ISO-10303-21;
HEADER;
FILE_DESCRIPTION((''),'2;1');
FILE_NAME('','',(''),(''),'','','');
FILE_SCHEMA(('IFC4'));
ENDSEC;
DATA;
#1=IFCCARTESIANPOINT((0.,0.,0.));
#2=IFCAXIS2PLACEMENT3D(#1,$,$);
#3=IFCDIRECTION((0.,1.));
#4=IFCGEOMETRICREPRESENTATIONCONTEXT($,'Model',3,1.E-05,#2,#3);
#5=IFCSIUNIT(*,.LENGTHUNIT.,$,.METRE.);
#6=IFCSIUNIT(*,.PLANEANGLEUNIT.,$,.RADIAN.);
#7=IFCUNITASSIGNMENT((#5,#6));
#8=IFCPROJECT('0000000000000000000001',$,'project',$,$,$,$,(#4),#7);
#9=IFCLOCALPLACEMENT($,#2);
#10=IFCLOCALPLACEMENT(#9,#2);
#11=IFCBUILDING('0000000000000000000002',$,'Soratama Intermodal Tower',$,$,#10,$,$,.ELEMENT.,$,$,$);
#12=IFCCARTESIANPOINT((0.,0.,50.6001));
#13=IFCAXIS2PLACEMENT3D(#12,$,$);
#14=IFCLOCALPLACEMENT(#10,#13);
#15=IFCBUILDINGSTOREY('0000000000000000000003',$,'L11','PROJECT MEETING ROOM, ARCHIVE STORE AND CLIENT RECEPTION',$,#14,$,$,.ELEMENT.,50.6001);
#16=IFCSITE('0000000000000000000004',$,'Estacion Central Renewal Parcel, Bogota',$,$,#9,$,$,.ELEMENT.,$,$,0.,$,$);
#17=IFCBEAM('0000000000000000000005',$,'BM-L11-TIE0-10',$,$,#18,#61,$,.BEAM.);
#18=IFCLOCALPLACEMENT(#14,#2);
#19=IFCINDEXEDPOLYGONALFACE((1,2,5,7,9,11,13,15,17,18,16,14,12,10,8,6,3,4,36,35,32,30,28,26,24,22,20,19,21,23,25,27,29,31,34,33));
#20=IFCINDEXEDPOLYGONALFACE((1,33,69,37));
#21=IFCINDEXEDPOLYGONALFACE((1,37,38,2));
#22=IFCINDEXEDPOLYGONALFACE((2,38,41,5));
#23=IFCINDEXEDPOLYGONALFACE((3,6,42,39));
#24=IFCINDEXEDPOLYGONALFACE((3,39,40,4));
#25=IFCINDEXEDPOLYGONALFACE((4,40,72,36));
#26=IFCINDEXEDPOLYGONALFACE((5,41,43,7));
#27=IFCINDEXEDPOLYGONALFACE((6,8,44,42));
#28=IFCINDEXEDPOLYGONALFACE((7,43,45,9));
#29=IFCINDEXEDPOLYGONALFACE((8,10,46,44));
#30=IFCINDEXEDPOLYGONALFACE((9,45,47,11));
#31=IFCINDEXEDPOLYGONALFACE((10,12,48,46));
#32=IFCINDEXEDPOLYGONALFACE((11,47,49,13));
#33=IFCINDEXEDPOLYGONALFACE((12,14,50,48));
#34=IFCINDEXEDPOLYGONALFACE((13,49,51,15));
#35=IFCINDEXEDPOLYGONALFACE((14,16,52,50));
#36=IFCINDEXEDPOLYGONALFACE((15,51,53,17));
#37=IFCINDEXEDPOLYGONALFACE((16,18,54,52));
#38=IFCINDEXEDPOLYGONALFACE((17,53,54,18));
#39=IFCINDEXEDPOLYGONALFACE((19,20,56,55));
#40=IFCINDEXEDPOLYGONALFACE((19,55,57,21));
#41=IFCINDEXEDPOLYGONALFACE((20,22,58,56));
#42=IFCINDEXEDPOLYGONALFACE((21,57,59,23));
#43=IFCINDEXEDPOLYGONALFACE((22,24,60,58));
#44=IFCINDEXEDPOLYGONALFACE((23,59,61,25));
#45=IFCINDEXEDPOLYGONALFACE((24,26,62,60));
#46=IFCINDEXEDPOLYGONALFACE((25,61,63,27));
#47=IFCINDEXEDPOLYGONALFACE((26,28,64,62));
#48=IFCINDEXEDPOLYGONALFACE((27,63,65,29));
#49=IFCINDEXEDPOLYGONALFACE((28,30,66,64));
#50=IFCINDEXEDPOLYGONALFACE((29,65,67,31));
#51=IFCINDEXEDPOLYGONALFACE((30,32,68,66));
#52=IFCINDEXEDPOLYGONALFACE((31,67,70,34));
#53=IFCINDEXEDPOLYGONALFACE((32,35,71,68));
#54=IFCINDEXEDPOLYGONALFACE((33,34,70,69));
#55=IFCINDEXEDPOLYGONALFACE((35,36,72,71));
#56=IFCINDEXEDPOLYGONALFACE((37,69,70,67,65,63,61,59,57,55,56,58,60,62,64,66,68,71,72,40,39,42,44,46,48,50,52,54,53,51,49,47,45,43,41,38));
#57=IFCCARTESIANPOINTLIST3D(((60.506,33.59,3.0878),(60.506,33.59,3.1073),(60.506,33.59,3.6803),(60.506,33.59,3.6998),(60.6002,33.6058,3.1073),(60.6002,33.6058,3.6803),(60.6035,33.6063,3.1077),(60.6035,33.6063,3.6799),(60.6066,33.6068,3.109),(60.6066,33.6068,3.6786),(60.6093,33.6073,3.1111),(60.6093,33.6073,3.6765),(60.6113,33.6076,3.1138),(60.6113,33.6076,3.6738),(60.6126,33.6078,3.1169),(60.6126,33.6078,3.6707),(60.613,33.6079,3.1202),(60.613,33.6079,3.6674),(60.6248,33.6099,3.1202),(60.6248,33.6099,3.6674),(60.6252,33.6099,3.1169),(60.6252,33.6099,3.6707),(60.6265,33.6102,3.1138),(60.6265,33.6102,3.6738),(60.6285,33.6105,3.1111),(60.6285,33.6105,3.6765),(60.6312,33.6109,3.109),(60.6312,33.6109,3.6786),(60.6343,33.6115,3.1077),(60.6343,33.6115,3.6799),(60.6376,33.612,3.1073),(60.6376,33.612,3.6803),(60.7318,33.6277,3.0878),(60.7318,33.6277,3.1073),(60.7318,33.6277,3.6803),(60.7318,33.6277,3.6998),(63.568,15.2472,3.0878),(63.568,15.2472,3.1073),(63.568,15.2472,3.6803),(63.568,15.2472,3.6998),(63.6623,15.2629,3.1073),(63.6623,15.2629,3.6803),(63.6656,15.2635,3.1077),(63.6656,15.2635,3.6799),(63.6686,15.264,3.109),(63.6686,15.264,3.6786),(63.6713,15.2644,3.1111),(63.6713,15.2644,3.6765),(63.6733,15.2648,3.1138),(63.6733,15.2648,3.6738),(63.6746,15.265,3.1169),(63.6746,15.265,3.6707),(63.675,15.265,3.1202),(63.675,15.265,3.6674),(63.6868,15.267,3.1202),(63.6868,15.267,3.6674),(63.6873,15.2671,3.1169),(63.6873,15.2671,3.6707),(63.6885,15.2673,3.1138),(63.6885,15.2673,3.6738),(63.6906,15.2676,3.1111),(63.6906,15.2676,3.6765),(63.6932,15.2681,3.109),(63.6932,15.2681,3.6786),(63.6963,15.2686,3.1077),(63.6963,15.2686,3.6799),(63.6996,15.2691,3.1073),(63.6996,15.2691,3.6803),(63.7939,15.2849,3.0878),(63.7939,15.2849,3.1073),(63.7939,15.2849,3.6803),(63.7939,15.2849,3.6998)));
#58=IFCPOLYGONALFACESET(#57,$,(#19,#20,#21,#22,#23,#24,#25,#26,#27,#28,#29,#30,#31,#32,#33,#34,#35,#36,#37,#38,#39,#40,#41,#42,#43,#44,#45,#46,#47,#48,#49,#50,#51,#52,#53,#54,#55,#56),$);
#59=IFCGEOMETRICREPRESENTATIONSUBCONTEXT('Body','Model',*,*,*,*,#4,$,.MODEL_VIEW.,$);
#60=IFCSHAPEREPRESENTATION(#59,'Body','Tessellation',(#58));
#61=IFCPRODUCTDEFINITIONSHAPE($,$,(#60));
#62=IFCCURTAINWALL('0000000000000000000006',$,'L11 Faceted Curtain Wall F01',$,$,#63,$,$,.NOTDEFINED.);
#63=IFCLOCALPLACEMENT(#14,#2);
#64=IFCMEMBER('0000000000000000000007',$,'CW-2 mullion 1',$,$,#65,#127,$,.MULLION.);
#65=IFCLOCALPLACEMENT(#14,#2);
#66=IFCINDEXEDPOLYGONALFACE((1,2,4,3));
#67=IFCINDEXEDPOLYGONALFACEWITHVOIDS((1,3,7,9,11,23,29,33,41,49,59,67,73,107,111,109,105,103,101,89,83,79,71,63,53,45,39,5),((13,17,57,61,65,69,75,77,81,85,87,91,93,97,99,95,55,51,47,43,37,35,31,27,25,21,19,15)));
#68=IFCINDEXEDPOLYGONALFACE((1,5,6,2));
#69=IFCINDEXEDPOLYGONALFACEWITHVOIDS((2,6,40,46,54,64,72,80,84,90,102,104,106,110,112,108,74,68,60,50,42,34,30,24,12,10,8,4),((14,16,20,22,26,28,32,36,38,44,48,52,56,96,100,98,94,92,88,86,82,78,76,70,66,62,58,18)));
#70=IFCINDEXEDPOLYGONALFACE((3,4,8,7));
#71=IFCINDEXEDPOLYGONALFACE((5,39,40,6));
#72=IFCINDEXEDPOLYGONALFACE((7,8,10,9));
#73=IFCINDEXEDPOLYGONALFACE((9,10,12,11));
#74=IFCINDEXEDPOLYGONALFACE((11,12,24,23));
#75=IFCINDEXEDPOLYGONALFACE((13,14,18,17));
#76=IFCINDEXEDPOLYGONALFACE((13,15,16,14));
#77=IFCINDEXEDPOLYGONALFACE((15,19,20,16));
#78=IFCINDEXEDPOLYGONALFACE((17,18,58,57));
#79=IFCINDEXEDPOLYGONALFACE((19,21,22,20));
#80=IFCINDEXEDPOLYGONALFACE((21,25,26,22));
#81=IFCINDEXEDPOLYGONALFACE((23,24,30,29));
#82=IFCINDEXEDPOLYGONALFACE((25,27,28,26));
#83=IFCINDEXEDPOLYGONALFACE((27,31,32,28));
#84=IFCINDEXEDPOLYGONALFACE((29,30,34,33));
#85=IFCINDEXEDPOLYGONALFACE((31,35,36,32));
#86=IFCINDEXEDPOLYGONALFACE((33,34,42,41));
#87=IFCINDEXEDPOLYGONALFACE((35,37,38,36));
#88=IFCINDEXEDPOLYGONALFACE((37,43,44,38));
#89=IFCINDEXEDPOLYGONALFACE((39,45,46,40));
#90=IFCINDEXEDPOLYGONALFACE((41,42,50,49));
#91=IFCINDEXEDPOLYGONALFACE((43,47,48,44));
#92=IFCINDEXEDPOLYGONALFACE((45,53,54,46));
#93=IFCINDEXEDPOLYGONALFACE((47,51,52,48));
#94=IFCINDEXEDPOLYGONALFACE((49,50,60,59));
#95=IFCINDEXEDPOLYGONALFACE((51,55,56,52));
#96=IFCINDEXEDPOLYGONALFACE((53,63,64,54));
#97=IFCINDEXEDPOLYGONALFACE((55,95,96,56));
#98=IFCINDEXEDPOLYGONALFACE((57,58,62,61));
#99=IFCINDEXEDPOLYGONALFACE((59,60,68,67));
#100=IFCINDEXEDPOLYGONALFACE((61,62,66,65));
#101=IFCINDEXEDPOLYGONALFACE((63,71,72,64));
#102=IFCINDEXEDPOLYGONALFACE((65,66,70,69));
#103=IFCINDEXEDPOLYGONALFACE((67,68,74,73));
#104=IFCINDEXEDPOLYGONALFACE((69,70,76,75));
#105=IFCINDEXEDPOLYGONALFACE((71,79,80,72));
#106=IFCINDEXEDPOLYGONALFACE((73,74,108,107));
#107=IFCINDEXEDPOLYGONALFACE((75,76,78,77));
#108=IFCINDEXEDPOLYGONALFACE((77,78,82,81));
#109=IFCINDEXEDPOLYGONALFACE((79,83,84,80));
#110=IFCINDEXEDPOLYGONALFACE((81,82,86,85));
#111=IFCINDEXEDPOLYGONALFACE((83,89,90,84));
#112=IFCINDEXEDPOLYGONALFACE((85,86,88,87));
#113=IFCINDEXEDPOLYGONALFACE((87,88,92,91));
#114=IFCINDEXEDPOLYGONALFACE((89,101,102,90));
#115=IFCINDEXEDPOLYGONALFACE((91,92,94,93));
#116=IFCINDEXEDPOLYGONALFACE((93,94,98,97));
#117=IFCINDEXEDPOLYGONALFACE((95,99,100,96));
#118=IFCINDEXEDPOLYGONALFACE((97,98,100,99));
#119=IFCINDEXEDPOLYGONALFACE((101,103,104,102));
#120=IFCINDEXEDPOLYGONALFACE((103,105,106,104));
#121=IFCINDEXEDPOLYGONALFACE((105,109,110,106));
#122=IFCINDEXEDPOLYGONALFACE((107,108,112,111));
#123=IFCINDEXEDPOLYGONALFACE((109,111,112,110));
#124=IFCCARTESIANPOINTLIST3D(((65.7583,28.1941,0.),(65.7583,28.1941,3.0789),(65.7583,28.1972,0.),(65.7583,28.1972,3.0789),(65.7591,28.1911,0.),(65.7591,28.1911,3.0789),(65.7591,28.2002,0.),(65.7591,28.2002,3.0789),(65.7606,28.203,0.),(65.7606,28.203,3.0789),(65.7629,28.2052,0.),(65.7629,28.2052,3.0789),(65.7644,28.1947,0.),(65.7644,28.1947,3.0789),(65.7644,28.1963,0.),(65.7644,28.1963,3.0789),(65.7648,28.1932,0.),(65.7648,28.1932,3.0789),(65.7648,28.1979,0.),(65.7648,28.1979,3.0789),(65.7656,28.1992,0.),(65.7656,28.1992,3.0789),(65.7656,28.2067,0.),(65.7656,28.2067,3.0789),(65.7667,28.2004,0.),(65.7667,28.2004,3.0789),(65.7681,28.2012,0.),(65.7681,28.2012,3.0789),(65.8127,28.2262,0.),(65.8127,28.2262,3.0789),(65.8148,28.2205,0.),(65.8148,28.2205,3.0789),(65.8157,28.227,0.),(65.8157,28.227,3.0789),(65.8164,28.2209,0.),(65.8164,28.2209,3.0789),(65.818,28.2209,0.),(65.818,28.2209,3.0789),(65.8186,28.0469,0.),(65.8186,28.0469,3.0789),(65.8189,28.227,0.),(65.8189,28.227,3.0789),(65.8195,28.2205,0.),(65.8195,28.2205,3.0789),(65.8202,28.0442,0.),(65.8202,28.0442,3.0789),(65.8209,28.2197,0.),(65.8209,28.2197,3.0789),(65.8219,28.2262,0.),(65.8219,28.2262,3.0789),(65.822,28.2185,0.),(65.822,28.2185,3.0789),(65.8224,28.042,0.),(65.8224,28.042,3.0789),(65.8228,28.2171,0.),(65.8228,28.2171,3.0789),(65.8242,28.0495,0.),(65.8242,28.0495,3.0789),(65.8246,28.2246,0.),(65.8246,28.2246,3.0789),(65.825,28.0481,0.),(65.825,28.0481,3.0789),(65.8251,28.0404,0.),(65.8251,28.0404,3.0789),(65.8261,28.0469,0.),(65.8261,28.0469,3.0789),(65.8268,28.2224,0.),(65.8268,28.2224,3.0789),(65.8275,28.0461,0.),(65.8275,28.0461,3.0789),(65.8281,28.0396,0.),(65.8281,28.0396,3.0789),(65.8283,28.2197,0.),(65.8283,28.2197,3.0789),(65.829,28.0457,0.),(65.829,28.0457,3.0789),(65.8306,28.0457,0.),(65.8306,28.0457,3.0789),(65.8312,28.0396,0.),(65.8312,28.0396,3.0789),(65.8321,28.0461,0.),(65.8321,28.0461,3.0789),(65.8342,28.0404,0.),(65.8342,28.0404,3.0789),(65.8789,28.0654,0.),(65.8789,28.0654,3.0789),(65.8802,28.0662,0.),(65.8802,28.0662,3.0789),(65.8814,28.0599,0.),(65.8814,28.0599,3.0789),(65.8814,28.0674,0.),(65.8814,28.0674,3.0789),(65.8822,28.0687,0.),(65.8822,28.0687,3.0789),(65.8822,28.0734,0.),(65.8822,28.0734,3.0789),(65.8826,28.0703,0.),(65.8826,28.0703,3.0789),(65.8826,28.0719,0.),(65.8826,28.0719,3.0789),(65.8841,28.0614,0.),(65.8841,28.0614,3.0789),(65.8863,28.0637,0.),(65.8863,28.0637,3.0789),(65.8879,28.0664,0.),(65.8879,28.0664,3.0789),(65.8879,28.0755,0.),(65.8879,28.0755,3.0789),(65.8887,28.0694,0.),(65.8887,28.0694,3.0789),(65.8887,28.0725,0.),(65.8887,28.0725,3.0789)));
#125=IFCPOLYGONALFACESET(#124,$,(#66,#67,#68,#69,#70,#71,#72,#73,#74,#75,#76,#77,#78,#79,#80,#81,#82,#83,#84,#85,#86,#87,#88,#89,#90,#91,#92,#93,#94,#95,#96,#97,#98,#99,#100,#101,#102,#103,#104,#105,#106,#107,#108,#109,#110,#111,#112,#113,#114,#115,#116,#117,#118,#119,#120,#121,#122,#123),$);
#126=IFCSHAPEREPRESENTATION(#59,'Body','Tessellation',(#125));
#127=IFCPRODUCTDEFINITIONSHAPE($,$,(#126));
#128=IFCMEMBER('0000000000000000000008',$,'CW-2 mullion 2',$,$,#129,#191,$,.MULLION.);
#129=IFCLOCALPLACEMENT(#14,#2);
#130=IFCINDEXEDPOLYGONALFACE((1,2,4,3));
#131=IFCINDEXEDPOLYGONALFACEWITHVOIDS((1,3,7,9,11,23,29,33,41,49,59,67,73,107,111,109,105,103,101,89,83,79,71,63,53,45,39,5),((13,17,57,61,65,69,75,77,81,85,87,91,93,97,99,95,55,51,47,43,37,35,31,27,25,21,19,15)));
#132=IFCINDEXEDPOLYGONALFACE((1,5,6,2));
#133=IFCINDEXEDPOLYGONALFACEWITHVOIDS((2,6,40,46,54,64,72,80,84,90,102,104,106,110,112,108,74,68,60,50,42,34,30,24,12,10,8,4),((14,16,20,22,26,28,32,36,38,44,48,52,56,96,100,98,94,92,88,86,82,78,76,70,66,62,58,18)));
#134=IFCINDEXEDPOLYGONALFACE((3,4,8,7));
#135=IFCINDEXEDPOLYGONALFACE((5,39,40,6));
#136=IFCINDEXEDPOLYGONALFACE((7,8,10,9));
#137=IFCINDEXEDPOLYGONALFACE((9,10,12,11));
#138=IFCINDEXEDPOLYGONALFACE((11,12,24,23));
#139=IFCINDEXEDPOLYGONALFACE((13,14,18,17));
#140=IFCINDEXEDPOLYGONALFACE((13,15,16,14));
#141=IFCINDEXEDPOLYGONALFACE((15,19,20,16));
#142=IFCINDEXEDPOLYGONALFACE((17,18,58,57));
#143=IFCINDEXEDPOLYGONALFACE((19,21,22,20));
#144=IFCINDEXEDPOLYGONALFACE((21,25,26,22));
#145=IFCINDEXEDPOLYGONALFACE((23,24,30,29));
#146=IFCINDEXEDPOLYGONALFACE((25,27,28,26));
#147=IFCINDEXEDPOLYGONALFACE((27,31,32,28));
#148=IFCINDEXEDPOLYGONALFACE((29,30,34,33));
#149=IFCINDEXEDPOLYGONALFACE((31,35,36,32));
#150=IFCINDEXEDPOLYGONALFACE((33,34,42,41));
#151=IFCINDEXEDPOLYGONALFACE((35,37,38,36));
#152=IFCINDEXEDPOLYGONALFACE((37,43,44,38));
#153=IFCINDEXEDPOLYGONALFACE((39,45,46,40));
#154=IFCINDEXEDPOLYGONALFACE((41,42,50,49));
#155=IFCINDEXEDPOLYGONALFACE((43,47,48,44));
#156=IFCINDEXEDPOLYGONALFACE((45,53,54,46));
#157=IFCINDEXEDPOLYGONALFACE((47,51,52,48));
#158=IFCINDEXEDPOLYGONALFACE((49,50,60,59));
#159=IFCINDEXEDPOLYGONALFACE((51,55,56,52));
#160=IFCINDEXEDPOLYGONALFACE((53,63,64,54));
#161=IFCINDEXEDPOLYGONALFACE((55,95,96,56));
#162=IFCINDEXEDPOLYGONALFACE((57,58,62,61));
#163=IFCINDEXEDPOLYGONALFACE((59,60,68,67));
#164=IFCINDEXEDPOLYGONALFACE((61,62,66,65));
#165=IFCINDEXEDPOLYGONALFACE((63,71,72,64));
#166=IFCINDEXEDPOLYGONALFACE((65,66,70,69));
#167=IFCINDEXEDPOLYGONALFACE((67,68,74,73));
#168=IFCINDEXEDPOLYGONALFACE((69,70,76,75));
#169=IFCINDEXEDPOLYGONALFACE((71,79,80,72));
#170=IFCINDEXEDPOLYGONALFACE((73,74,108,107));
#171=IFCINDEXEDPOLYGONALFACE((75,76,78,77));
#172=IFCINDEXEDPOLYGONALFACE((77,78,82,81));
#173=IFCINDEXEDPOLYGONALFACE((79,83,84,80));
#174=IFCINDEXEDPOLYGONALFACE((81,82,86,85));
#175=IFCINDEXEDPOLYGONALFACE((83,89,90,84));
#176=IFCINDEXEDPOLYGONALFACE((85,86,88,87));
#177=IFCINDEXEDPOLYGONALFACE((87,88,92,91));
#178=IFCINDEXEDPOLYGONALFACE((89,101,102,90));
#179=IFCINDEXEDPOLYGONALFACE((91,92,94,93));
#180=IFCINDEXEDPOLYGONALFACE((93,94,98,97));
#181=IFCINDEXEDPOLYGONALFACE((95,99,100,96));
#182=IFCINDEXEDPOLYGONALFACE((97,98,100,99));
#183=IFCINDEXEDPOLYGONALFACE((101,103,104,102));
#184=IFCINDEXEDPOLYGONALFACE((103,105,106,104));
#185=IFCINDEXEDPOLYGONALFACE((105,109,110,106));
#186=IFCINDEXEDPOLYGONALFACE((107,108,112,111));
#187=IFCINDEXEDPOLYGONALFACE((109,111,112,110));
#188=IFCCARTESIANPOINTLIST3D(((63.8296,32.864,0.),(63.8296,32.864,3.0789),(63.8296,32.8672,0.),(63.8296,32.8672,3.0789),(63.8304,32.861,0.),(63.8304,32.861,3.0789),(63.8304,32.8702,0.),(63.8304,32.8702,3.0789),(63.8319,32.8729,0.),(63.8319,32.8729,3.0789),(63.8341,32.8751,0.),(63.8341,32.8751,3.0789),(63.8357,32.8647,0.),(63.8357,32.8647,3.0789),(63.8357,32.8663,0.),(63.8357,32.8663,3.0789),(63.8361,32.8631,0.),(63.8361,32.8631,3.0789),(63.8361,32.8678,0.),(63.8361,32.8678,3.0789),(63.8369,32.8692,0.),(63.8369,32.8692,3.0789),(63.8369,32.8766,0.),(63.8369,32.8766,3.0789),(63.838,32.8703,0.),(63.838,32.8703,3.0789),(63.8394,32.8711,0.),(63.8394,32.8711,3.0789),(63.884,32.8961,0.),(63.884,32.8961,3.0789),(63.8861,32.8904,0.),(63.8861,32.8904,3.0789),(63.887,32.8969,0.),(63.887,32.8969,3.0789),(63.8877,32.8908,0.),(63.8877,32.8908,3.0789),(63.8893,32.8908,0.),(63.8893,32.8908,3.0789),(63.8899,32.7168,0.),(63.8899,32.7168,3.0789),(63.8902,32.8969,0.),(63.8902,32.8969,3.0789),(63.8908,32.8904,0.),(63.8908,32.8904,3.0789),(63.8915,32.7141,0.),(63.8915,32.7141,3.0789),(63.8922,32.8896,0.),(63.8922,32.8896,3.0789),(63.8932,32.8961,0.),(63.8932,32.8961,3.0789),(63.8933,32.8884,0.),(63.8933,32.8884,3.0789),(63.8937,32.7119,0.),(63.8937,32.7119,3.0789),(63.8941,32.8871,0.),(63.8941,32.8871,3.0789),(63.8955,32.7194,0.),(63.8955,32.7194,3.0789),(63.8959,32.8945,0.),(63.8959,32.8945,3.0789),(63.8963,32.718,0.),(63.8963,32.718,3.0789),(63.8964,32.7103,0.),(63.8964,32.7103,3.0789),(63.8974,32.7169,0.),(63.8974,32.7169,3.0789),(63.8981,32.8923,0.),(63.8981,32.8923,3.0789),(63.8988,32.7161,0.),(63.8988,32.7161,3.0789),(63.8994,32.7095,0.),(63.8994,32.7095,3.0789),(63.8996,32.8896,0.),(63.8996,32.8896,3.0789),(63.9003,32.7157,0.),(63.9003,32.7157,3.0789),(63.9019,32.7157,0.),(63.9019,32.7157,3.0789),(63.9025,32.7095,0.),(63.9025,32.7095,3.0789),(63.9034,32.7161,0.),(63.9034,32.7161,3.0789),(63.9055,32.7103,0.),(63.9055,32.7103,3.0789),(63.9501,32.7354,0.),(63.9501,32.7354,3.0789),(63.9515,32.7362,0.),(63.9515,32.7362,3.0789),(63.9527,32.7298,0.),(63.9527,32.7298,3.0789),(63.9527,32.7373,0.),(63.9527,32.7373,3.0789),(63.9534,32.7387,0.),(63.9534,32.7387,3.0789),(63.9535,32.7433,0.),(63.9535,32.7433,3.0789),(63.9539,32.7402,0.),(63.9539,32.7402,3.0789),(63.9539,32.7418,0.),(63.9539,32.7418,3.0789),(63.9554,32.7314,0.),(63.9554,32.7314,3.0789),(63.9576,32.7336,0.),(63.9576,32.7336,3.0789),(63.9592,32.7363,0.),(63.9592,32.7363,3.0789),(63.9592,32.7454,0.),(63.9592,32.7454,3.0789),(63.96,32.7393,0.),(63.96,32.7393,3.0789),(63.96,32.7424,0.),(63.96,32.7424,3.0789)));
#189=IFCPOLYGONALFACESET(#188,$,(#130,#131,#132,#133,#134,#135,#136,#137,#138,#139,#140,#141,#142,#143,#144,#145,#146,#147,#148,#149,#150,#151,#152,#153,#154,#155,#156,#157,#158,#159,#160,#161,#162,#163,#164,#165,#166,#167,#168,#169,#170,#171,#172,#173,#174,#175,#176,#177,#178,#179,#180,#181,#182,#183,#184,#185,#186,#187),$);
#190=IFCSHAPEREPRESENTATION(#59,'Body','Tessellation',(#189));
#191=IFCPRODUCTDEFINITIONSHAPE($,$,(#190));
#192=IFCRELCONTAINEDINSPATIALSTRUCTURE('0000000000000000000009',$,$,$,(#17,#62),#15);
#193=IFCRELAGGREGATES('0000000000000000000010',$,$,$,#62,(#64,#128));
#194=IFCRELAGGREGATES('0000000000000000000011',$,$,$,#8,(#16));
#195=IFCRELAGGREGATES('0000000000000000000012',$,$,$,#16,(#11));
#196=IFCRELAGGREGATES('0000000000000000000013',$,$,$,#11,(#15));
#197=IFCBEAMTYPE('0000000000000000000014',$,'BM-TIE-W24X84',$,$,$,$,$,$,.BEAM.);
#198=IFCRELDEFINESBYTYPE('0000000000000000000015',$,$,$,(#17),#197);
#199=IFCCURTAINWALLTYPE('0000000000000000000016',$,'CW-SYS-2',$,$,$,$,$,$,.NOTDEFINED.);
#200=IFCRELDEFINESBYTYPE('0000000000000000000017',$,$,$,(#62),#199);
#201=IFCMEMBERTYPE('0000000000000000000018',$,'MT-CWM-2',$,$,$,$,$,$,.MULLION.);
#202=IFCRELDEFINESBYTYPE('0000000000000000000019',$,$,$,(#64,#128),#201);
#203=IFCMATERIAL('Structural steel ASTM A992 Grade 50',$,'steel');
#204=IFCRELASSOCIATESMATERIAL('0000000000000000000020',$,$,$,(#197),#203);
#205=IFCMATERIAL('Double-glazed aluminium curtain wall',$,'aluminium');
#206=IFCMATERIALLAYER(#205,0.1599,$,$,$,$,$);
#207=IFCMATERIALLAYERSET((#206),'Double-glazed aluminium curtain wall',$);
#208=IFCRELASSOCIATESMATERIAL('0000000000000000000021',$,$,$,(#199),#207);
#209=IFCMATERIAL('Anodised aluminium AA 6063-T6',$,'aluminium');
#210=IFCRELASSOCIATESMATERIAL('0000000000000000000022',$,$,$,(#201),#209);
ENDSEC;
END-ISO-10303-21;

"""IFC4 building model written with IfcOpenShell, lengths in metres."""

from ifc_helpers import new_model, si_unit, direction, frame, origin, origin_2d, place, context, subcontext, project, spatial, hollow_rectangle, i_section, extrude, material, layer, layer_set, material_profile, profile_set, type_object, element, aggregate, save


model = new_model("IFC4")

# Units and contexts
model_context = context("Model", 3, precision=1e-05, world=origin(), true_north=direction((0.0, 1.0)))
body_context = subcontext(model_context, "Body", "Model", "MODEL_VIEW")
ifc_project = project(units=[si_unit("LENGTHUNIT", "METRE"), si_unit("PLANEANGLEUNIT", "RADIAN")], contexts=[model_context])

# Site, building, storey
site_placement = place(None, origin())
site = spatial("IfcSite", under=ifc_project, at=site_placement, Name="Estacion Central Renewal Parcel, Bogota", CompositionType="ELEMENT", RefElevation=0.0)
building_placement = place(site_placement, origin())
building = spatial("IfcBuilding", under=site, at=building_placement, Name="Soratama Intermodal Tower", CompositionType="ELEMENT")
storey_placement = place(building_placement, frame((0.0, 0.0, 50.6001)))
storey = spatial("IfcBuildingStorey", under=building, at=storey_placement, Name="L11", Description="PROJECT MEETING ROOM, ARCHIVE STORE AND CLIENT RECEPTION", CompositionType="ELEMENT", Elevation=50.6001)

# Beam
ifc_material_1 = material(Name="Structural steel ASTM A992 Grade 50", Category="steel")
ifc_material_profile_1 = material_profile(ifc_material_1, i_section(OverallWidth=0.229, OverallDepth=0.6121, WebThickness=0.012, FlangeThickness=0.0195, FilletRadius=0.0129, at=origin_2d()), Name="W24X84")
ifc_profile_set_1 = profile_set([ifc_material_profile_1], Name="Structural steel ASTM A992 Grade 50")
beam_type_1 = type_object("IfcBeamType", Name="BM-TIE-W24X84", PredefinedType="BEAM", material=ifc_profile_set_1)
beam_1_placement = place(storey_placement, frame((60.6189, 33.6089, 3.3938), z_axis=(0.164654, -0.986351, 0.0), x_axis=(0.986351, 0.164654, 0.0)))
element("IfcBeam", 1, at=beam_1_placement, inside=storey, type_object=beam_type_1, Name="BM-L11-TIE0-10", PredefinedType="BEAM", context=body_context, shape_type="SweptSolid", body=[
    extrude(i_section(OverallWidth=0.229, OverallDepth=0.6121, WebThickness=0.012, FlangeThickness=0.0195, FilletRadius=0.0129, at=origin_2d()), origin(), (0.0, 0.0, 1.0), 18.5967),
])

# Curtain wall, members
ifc_material_2 = material(Name="Double-glazed aluminium curtain wall", Category="aluminium")
ifc_layer_1 = layer(ifc_material_2, 0.1599)
ifc_layer_set_1 = layer_set([ifc_layer_1], Name="Double-glazed aluminium curtain wall")
curtain_wall_type = type_object("IfcCurtainWallType", Name="CW-SYS-2", PredefinedType="NOTDEFINED", material=ifc_layer_set_1)
curtain_wall_placement = place(storey_placement, origin())
curtain_wall = element("IfcCurtainWall", 2, at=curtain_wall_placement, inside=storey, type_object=curtain_wall_type, Name="L11 Faceted Curtain Wall F01", PredefinedType="NOTDEFINED")
ifc_material_3 = material(Name="Anodised aluminium AA 6063-T6", Category="aluminium")
ifc_material_profile_2 = material_profile(ifc_material_3, hollow_rectangle(XDim=0.075, YDim=0.1799, WallThickness=0.0061, InnerFilletRadius=0.0061, OuterFilletRadius=0.012, at=origin_2d()), Name="CWM180X75X6")
ifc_profile_set_2 = profile_set([ifc_material_profile_2], Name="Anodised aluminium AA 6063-T6")
member_type_1 = type_object("IfcMemberType", Name="MT-CWM-2", PredefinedType="MULLION", material=ifc_profile_set_2)
member_1_placement = place(storey_placement, frame((65.8235, 28.1333, 0.0), z_axis=(0.0, 0.0, 1.0), x_axis=(-0.924277, -0.381722, 0.0)))
member_1 = element("IfcMember", 3, at=member_1_placement, type_object=member_type_1, Name="CW-2 mullion 1", PredefinedType="MULLION", context=body_context, shape_type="SweptSolid", body=[
    extrude(hollow_rectangle(XDim=0.075, YDim=0.1799, WallThickness=0.0061, InnerFilletRadius=0.0061, OuterFilletRadius=0.012, at=origin_2d()), origin(), (0.0, 0.0, 1.0), 3.0789),
])
member_2_placement = place(storey_placement, frame((63.8948, 32.8032, 0.0), z_axis=(0.0, 0.0, 1.0), x_axis=(-0.924277, -0.381722, 0.0)))
member_2 = element("IfcMember", 4, at=member_2_placement, type_object=member_type_1, Name="CW-2 mullion 2", PredefinedType="MULLION", context=body_context, shape_type="SweptSolid", body=[
    extrude(hollow_rectangle(XDim=0.075, YDim=0.1799, WallThickness=0.0061, InnerFilletRadius=0.0061, OuterFilletRadius=0.012, at=origin_2d()), origin(), (0.0, 0.0, 1.0), 3.0789),
])
aggregate(curtain_wall, [member_1, member_2])

save(model, "model.ifc")
